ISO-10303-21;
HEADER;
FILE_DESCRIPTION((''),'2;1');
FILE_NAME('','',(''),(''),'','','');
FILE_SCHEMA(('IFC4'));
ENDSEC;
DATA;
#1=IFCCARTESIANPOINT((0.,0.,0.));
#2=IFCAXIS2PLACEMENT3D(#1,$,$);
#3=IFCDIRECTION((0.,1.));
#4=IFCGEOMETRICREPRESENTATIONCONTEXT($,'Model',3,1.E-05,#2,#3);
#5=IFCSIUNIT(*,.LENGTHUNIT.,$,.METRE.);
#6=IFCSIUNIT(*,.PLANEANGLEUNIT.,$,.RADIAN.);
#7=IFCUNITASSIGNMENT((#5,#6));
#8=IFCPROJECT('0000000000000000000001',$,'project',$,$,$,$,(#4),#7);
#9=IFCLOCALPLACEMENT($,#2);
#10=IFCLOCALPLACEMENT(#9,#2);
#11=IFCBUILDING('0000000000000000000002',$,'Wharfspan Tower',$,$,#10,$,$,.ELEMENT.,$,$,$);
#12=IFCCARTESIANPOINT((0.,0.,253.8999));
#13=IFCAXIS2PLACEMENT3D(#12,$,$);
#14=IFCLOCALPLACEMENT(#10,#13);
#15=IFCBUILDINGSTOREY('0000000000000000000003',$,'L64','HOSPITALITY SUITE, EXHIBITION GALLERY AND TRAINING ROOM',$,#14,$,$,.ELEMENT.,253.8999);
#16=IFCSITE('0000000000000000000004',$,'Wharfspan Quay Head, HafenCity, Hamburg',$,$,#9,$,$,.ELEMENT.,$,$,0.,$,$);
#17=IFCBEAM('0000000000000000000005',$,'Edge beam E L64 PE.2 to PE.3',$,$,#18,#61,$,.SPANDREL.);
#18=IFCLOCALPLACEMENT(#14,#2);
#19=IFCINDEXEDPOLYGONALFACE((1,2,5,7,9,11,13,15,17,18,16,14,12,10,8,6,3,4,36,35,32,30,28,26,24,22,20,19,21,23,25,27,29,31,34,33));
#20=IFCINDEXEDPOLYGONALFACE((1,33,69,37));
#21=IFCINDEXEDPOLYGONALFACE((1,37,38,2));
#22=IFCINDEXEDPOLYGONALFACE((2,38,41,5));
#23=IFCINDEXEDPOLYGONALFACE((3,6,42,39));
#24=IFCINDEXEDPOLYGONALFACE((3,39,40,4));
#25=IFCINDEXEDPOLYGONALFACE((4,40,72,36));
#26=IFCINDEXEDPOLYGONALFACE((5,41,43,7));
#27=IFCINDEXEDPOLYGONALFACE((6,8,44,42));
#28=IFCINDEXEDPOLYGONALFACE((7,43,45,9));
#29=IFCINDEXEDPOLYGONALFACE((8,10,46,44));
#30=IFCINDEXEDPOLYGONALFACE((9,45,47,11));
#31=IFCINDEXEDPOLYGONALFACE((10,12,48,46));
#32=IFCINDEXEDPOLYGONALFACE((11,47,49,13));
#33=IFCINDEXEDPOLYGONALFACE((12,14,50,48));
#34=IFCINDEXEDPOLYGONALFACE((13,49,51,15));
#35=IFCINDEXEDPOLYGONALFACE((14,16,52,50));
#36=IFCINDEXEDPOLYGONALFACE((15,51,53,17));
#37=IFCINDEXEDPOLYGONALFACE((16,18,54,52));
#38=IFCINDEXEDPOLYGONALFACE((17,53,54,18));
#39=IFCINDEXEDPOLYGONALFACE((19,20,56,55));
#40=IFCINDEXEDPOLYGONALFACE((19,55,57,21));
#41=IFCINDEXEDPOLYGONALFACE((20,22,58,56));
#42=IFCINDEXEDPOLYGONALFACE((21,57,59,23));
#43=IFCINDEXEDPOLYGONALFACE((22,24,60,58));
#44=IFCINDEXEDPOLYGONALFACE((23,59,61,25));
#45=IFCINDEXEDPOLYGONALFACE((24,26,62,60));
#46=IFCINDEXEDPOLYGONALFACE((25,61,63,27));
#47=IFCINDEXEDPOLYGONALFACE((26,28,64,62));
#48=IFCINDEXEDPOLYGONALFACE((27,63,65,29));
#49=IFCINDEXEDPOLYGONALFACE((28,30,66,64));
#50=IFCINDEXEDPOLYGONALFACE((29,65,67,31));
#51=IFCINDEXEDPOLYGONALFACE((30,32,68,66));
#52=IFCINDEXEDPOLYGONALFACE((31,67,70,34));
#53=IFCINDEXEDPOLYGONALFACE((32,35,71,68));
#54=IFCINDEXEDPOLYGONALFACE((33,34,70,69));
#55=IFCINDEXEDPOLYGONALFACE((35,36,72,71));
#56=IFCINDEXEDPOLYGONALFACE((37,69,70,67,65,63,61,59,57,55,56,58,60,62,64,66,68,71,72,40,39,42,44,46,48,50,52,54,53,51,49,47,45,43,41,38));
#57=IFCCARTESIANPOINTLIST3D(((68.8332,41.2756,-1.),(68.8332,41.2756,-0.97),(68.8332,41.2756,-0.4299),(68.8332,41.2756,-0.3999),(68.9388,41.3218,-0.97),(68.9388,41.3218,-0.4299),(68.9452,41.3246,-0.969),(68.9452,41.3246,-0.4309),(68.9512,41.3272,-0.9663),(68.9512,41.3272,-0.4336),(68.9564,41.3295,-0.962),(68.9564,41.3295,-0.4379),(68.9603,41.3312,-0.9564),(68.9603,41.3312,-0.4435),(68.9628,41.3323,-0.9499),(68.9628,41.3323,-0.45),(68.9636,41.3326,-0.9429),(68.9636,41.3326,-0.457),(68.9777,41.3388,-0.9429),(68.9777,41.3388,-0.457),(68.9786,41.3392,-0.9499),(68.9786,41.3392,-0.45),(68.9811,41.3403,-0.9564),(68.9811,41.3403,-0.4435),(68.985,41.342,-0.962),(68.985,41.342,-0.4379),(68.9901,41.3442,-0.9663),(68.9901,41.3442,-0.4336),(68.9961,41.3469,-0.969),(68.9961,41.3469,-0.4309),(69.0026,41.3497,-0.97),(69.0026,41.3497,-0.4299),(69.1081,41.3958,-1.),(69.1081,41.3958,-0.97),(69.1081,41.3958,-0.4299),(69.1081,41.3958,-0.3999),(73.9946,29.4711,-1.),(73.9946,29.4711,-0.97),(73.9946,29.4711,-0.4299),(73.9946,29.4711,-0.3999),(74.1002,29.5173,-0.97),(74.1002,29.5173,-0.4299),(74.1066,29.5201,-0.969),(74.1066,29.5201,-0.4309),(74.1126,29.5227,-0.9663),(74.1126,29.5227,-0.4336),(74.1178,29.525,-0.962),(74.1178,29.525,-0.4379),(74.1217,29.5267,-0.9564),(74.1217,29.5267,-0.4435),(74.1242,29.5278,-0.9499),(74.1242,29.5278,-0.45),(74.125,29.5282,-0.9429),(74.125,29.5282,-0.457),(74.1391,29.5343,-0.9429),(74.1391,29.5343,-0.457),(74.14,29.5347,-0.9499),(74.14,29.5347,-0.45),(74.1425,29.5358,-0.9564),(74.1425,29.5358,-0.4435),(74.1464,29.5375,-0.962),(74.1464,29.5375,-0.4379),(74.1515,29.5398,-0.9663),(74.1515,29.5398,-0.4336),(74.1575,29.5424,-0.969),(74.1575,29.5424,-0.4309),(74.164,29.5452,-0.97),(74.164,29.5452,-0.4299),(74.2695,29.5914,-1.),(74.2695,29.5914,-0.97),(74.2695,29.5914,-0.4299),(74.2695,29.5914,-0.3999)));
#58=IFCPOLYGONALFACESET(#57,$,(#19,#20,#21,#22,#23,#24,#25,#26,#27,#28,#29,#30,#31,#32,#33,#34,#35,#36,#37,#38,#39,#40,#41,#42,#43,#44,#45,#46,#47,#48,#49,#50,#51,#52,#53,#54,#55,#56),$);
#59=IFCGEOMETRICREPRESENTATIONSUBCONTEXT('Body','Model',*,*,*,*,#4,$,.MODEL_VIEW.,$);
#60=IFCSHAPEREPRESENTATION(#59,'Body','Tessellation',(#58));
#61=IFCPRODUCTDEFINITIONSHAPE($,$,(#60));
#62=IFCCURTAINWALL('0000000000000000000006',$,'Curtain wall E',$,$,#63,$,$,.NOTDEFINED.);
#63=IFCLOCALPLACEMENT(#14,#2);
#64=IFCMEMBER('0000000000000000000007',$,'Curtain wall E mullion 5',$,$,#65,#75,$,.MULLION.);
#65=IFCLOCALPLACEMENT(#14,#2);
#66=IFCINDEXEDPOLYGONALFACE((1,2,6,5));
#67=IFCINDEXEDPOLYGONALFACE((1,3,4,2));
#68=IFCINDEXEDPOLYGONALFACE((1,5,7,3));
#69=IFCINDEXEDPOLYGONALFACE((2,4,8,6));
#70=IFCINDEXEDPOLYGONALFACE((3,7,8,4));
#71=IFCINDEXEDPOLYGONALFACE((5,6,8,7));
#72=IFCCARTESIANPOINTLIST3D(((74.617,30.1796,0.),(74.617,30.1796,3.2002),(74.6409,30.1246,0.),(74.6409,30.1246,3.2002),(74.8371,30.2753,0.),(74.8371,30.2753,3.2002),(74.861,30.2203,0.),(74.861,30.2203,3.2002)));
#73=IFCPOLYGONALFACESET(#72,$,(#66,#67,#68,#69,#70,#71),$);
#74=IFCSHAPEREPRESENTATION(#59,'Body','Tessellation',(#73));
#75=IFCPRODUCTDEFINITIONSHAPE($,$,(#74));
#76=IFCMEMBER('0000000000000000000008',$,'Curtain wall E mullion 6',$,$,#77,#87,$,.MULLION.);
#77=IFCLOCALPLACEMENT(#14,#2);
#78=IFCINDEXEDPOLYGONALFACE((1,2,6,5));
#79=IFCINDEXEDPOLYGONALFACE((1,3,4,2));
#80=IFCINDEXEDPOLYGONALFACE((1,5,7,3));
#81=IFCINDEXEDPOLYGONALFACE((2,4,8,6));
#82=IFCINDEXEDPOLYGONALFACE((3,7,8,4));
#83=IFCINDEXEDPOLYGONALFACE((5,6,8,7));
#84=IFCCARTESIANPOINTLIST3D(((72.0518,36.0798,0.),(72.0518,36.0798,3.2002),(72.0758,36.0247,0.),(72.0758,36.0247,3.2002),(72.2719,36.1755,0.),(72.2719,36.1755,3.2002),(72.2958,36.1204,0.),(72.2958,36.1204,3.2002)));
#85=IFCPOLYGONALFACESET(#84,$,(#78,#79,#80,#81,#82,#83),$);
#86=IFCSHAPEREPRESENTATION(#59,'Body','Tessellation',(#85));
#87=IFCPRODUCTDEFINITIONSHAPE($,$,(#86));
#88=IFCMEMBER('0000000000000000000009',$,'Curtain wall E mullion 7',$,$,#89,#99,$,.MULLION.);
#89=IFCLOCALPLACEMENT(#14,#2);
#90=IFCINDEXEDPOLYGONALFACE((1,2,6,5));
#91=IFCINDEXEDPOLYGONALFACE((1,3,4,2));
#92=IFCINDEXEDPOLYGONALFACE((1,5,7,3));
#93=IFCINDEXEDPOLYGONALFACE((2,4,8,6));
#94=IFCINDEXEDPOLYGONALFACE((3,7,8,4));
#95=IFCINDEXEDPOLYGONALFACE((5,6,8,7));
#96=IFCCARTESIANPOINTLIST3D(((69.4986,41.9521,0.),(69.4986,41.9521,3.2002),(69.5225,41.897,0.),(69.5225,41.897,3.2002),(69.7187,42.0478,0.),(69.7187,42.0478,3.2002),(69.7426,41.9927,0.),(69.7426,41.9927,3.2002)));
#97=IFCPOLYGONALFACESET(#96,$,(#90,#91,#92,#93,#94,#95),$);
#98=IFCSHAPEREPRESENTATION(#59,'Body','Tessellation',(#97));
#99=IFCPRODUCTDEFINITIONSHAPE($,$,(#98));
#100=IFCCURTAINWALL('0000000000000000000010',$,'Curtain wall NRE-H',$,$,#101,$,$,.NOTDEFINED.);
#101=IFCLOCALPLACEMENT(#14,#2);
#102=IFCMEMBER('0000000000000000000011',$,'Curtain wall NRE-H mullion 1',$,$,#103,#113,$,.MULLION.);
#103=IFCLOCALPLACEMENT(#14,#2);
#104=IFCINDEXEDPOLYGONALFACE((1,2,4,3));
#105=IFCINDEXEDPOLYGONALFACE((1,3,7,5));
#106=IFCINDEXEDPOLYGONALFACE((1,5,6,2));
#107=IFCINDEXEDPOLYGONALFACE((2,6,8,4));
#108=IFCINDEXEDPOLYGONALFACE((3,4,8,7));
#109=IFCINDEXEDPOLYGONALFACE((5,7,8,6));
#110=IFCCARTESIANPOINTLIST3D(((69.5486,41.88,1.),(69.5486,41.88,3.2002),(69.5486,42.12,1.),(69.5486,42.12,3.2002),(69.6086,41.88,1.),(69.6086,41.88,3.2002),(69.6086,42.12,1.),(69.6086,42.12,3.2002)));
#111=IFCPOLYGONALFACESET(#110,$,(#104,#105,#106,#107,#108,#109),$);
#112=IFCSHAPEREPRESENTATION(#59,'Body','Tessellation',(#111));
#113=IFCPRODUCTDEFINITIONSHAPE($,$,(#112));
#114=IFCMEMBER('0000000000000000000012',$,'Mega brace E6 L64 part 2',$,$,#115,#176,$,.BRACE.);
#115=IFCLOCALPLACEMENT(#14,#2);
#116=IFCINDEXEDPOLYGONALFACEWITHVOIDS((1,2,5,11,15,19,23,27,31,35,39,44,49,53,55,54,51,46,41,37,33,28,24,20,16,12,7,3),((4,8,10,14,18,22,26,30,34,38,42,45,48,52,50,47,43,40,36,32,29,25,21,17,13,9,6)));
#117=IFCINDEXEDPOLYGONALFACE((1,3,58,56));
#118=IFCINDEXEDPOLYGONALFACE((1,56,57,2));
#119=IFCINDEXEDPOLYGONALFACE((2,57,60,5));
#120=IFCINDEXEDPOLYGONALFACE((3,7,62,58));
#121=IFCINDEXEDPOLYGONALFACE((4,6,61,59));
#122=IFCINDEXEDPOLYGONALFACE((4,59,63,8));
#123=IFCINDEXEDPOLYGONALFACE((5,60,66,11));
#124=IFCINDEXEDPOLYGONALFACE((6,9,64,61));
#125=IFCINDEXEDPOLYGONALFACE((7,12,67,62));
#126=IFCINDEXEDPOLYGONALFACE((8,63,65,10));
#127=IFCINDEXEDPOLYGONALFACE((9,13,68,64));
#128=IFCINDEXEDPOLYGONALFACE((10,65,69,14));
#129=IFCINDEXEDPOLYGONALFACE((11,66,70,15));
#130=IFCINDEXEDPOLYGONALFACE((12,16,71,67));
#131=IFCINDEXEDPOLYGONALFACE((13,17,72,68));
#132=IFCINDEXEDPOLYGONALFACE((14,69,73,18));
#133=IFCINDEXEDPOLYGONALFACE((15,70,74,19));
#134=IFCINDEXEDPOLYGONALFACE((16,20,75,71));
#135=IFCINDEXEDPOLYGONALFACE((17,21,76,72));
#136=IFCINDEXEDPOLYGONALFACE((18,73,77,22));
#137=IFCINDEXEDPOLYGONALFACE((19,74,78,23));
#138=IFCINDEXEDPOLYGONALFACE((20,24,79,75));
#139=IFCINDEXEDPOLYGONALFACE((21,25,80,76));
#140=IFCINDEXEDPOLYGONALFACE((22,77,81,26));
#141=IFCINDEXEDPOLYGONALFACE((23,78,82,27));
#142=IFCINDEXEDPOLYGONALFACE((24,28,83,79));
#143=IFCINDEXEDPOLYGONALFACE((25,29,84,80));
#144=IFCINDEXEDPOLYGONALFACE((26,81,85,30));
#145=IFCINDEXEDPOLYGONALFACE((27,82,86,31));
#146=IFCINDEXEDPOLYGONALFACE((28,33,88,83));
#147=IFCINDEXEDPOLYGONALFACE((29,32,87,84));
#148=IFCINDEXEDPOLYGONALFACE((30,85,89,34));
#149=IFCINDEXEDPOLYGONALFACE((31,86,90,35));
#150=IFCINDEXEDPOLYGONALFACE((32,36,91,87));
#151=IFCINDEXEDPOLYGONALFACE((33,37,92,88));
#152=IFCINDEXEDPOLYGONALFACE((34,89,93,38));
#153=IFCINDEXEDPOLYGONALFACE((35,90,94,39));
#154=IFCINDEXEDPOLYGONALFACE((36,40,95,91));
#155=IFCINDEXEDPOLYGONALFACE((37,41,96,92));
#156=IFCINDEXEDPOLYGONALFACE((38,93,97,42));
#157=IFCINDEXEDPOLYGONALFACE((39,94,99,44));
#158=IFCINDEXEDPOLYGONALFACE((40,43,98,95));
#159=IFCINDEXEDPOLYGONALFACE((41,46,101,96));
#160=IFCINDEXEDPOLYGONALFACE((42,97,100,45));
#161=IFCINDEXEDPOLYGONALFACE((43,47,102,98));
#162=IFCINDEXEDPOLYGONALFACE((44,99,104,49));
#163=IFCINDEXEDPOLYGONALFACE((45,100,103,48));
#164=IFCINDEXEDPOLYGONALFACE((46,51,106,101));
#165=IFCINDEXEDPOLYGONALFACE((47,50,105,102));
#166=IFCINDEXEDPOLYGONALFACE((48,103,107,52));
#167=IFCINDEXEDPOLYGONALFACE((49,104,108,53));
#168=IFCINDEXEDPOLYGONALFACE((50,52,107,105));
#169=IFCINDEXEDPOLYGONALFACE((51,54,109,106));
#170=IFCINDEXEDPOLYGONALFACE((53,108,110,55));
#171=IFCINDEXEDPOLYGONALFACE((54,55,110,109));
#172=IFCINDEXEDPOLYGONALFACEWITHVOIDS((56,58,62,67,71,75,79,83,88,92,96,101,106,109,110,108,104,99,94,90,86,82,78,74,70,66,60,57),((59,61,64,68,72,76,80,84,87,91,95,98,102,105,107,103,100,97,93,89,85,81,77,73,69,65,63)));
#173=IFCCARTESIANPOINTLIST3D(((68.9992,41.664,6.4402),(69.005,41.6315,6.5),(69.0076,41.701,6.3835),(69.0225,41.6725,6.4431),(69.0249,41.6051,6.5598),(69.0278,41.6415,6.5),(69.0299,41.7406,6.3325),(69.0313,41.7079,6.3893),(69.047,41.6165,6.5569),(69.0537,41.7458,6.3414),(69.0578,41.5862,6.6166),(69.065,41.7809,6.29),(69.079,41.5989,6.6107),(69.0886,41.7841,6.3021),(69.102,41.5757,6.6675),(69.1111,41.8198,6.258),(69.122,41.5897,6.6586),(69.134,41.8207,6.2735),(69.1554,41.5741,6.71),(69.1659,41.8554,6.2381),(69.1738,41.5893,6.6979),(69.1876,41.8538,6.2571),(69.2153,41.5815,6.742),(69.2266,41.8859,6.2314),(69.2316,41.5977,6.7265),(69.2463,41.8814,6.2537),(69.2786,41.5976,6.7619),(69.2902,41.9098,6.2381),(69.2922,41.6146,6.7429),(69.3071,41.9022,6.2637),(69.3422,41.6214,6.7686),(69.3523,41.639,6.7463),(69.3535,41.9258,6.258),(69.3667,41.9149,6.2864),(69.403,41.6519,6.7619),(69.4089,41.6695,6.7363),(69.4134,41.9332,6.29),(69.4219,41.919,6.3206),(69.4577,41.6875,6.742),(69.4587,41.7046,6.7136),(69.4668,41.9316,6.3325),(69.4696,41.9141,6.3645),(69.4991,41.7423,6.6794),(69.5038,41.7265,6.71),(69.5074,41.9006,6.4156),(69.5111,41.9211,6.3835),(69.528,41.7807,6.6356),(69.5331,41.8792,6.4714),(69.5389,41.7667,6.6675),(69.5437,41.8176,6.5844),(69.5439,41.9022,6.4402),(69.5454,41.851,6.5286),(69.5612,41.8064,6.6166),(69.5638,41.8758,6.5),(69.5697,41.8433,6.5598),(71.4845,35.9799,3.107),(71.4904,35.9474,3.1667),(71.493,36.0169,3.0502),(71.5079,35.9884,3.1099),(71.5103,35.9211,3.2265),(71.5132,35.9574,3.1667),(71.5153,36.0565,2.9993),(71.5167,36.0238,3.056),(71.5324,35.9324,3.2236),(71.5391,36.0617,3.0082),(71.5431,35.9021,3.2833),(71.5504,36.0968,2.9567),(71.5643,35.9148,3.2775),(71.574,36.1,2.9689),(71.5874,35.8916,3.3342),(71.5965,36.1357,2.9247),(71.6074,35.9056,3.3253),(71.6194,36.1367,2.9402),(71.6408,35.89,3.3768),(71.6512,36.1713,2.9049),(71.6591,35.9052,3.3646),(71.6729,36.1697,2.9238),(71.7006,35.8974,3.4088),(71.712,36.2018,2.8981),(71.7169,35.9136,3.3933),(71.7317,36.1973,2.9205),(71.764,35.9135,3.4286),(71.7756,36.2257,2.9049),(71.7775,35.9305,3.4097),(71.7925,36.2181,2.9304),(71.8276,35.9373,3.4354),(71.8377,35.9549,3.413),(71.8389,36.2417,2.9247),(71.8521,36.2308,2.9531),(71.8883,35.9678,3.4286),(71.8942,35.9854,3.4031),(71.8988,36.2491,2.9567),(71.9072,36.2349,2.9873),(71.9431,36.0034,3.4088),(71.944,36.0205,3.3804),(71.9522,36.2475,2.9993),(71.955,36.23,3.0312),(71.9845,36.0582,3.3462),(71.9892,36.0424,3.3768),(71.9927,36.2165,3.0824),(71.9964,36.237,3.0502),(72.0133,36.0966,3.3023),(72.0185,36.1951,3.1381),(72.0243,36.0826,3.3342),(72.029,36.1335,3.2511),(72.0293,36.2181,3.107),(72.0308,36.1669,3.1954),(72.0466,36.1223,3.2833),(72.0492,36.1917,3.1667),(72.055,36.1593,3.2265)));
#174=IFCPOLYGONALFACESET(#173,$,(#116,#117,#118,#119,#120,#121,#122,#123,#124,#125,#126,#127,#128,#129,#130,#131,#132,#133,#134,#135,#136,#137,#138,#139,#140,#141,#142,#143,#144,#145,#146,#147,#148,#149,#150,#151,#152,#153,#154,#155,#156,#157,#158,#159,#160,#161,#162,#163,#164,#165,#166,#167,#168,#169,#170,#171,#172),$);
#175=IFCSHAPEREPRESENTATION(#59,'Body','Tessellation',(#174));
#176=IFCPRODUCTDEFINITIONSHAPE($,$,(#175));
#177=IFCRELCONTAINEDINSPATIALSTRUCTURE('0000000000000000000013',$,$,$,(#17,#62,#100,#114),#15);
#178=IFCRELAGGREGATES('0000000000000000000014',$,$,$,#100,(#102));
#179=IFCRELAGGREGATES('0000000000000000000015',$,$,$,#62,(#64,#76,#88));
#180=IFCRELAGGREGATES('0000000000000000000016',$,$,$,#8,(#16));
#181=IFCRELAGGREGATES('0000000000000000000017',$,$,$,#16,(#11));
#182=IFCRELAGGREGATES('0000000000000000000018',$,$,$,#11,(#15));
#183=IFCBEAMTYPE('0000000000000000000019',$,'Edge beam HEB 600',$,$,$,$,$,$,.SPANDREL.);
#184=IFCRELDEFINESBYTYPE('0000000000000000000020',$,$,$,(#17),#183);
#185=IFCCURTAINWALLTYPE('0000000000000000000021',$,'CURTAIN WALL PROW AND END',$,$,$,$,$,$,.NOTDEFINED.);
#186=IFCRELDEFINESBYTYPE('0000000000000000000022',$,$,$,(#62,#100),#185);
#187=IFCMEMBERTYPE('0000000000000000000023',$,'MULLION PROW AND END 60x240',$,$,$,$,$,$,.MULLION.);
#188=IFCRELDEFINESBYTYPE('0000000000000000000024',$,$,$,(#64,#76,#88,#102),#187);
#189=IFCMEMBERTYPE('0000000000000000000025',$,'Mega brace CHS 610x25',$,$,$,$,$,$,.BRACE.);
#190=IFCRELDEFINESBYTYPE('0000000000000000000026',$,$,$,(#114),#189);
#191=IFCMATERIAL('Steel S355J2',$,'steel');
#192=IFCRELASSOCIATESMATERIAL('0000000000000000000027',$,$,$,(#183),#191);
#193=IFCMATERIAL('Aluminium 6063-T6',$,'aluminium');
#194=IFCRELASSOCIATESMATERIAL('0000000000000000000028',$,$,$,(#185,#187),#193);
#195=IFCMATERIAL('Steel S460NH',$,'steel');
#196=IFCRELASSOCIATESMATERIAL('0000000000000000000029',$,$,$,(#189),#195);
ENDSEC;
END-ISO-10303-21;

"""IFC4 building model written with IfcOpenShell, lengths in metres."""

from ifc_helpers import new_model, si_unit, direction, frame, origin, origin_2d, place, context, subcontext, project, spatial, rectangle, hollow_circle, i_section, extrude, material, material_profile, profile_set, type_object, element, aggregate, save


model = new_model("IFC4")

# Units and contexts
model_context = context("Model", 3, precision=1e-05, world=origin(), true_north=direction((0.0, 1.0)))
body_context = subcontext(model_context, "Body", "Model", "MODEL_VIEW")
ifc_project = project(units=[si_unit("LENGTHUNIT", "METRE"), si_unit("PLANEANGLEUNIT", "RADIAN")], contexts=[model_context])

# Site, building, storey
site_placement = place(None, origin())
site = spatial("IfcSite", under=ifc_project, at=site_placement, Name="Wharfspan Quay Head, HafenCity, Hamburg", CompositionType="ELEMENT", RefElevation=0.0)
building_placement = place(site_placement, origin())
building = spatial("IfcBuilding", under=site, at=building_placement, Name="Wharfspan Tower", CompositionType="ELEMENT")
storey_placement = place(building_placement, frame((0.0, 0.0, 253.8999)))
storey = spatial("IfcBuildingStorey", under=building, at=storey_placement, Name="L64", Description="HOSPITALITY SUITE, EXHIBITION GALLERY AND TRAINING ROOM", CompositionType="ELEMENT", Elevation=253.8999)

# Shared definitions
ifc_material_1 = material(Name="Steel S355J2", Category="steel")

# Shared definitions
ifc_material_2 = material(Name="Steel S460NH", Category="steel")

# Beam
ifc_material_profile_1 = material_profile(ifc_material_1, i_section(OverallWidth=0.3, OverallDepth=0.6001, WebThickness=0.0154, FlangeThickness=0.03, FilletRadius=0.0271, at=origin_2d()))
ifc_profile_set_1 = profile_set([ifc_material_profile_1], Name="Steel S355J2")
beam_type = type_object("IfcBeamType", Name="Edge beam HEB 600", PredefinedType="SPANDREL", material=ifc_profile_set_1)
beam_placement = place(storey_placement, frame((74.1321, 29.5312, -0.7), z_axis=(-0.400619, 0.916245, 0.0), x_axis=(-0.916245, -0.400619, 0.0)))
element("IfcBeam", 1, at=beam_placement, inside=storey, type_object=beam_type, Name="Edge beam E L64 PE.2 to PE.3", PredefinedType="SPANDREL", context=body_context, shape_type="SweptSolid", body=[
    extrude(i_section(OverallWidth=0.3, OverallDepth=0.6001, WebThickness=0.0154, FlangeThickness=0.03, FilletRadius=0.0271, at=origin_2d()), origin(), (0.0, 0.0, 1.0), 12.8835),
])

# Curtain wall, members
ifc_material_3 = material(Name="Aluminium 6063-T6", Category="aluminium")
curtain_wall_type = type_object("IfcCurtainWallType", Name="CURTAIN WALL PROW AND END", PredefinedType="NOTDEFINED", material=ifc_material_3)
curtain_wall_1_placement = place(storey_placement, origin())
curtain_wall_1 = element("IfcCurtainWall", 2, at=curtain_wall_1_placement, inside=storey, type_object=curtain_wall_type, Name="Curtain wall E", PredefinedType="NOTDEFINED")
ifc_material_profile_2 = material_profile(ifc_material_3, rectangle(XDim=0.24, YDim=0.0601, at=origin_2d()))
ifc_profile_set_2 = profile_set([ifc_material_profile_2], Name="Aluminium 6063-T6")
member_type_1 = type_object("IfcMemberType", Name="MULLION PROW AND END 60x240", PredefinedType="MULLION", material=ifc_profile_set_2)
member_1_placement = place(storey_placement, frame((74.739, 30.2, 0.0), z_axis=(0.0, 0.0, 1.0), x_axis=(-0.917072, -0.398727, 0.0)))
member_1 = element("IfcMember", 3, at=member_1_placement, type_object=member_type_1, Name="Curtain wall E mullion 5", PredefinedType="MULLION", context=body_context, shape_type="SweptSolid", body=[
    extrude(rectangle(XDim=0.24, YDim=0.0601, at=origin_2d()), origin(), (0.0, 0.0, 1.0), 3.2002),
])
member_2_placement = place(storey_placement, frame((72.1738, 36.1001, 0.0), z_axis=(0.0, 0.0, 1.0), x_axis=(-0.917072, -0.398727, 0.0)))
member_2 = element("IfcMember", 4, at=member_2_placement, type_object=member_type_1, Name="Curtain wall E mullion 6", PredefinedType="MULLION", context=body_context, shape_type="SweptSolid", body=[
    extrude(rectangle(XDim=0.24, YDim=0.0601, at=origin_2d()), origin(), (0.0, 0.0, 1.0), 3.2002),
])
member_3_placement = place(storey_placement, frame((69.6206, 41.9724, 0.0), z_axis=(0.0, 0.0, 1.0), x_axis=(-0.917072, -0.398727, 0.0)))
member_3 = element("IfcMember", 5, at=member_3_placement, type_object=member_type_1, Name="Curtain wall E mullion 7", PredefinedType="MULLION", context=body_context, shape_type="SweptSolid", body=[
    extrude(rectangle(XDim=0.24, YDim=0.0601, at=origin_2d()), origin(), (0.0, 0.0, 1.0), 3.2002),
])

# Curtain wall, member
curtain_wall_2_placement = place(storey_placement, origin())
curtain_wall_2 = element("IfcCurtainWall", 6, at=curtain_wall_2_placement, inside=storey, type_object=curtain_wall_type, Name="Curtain wall NRE-H", PredefinedType="NOTDEFINED")
member_4_placement = place(storey_placement, frame((69.5786, 42.0, 1.0), z_axis=(0.0, 0.0, 1.0), x_axis=(0.0, -1.0, 0.0)))
member_4 = element("IfcMember", 7, at=member_4_placement, type_object=member_type_1, Name="Curtain wall NRE-H mullion 1", PredefinedType="MULLION", context=body_context, shape_type="SweptSolid", body=[
    extrude(rectangle(XDim=0.24, YDim=0.0601, at=origin_2d()), origin(), (0.0, 0.0, 1.0), 2.2002),
])

# Member
ifc_material_profile_3 = material_profile(ifc_material_2, hollow_circle(Radius=0.3049, WallThickness=0.0249, at=origin_2d()))
ifc_profile_set_3 = profile_set([ifc_material_profile_3], Name="Steel S460NH")
member_type_2 = type_object("IfcMemberType", Name="Mega brace CHS 610x25", PredefinedType="BRACE", material=ifc_profile_set_3)
member_5_placement = place(storey_placement, frame((71.7698, 36.0696, 3.1667), z_axis=(-0.352909, 0.807115, 0.473307), x_axis=(-0.916238, -0.400621, -0.000003)))
element("IfcMember", 8, at=member_5_placement, inside=storey, type_object=member_type_2, Name="Mega brace E6 L64 part 2", PredefinedType="BRACE", context=body_context, shape_type="SweptSolid", body=[
    extrude(hollow_circle(Radius=0.3049, WallThickness=0.0249, at=origin_2d()), origin(), (0.0, 0.0, 1.0), 7.0425),
])

aggregate(curtain_wall_2, [member_4])

aggregate(curtain_wall_1, [member_1, member_2, member_3])

save(model, "model.ifc")
